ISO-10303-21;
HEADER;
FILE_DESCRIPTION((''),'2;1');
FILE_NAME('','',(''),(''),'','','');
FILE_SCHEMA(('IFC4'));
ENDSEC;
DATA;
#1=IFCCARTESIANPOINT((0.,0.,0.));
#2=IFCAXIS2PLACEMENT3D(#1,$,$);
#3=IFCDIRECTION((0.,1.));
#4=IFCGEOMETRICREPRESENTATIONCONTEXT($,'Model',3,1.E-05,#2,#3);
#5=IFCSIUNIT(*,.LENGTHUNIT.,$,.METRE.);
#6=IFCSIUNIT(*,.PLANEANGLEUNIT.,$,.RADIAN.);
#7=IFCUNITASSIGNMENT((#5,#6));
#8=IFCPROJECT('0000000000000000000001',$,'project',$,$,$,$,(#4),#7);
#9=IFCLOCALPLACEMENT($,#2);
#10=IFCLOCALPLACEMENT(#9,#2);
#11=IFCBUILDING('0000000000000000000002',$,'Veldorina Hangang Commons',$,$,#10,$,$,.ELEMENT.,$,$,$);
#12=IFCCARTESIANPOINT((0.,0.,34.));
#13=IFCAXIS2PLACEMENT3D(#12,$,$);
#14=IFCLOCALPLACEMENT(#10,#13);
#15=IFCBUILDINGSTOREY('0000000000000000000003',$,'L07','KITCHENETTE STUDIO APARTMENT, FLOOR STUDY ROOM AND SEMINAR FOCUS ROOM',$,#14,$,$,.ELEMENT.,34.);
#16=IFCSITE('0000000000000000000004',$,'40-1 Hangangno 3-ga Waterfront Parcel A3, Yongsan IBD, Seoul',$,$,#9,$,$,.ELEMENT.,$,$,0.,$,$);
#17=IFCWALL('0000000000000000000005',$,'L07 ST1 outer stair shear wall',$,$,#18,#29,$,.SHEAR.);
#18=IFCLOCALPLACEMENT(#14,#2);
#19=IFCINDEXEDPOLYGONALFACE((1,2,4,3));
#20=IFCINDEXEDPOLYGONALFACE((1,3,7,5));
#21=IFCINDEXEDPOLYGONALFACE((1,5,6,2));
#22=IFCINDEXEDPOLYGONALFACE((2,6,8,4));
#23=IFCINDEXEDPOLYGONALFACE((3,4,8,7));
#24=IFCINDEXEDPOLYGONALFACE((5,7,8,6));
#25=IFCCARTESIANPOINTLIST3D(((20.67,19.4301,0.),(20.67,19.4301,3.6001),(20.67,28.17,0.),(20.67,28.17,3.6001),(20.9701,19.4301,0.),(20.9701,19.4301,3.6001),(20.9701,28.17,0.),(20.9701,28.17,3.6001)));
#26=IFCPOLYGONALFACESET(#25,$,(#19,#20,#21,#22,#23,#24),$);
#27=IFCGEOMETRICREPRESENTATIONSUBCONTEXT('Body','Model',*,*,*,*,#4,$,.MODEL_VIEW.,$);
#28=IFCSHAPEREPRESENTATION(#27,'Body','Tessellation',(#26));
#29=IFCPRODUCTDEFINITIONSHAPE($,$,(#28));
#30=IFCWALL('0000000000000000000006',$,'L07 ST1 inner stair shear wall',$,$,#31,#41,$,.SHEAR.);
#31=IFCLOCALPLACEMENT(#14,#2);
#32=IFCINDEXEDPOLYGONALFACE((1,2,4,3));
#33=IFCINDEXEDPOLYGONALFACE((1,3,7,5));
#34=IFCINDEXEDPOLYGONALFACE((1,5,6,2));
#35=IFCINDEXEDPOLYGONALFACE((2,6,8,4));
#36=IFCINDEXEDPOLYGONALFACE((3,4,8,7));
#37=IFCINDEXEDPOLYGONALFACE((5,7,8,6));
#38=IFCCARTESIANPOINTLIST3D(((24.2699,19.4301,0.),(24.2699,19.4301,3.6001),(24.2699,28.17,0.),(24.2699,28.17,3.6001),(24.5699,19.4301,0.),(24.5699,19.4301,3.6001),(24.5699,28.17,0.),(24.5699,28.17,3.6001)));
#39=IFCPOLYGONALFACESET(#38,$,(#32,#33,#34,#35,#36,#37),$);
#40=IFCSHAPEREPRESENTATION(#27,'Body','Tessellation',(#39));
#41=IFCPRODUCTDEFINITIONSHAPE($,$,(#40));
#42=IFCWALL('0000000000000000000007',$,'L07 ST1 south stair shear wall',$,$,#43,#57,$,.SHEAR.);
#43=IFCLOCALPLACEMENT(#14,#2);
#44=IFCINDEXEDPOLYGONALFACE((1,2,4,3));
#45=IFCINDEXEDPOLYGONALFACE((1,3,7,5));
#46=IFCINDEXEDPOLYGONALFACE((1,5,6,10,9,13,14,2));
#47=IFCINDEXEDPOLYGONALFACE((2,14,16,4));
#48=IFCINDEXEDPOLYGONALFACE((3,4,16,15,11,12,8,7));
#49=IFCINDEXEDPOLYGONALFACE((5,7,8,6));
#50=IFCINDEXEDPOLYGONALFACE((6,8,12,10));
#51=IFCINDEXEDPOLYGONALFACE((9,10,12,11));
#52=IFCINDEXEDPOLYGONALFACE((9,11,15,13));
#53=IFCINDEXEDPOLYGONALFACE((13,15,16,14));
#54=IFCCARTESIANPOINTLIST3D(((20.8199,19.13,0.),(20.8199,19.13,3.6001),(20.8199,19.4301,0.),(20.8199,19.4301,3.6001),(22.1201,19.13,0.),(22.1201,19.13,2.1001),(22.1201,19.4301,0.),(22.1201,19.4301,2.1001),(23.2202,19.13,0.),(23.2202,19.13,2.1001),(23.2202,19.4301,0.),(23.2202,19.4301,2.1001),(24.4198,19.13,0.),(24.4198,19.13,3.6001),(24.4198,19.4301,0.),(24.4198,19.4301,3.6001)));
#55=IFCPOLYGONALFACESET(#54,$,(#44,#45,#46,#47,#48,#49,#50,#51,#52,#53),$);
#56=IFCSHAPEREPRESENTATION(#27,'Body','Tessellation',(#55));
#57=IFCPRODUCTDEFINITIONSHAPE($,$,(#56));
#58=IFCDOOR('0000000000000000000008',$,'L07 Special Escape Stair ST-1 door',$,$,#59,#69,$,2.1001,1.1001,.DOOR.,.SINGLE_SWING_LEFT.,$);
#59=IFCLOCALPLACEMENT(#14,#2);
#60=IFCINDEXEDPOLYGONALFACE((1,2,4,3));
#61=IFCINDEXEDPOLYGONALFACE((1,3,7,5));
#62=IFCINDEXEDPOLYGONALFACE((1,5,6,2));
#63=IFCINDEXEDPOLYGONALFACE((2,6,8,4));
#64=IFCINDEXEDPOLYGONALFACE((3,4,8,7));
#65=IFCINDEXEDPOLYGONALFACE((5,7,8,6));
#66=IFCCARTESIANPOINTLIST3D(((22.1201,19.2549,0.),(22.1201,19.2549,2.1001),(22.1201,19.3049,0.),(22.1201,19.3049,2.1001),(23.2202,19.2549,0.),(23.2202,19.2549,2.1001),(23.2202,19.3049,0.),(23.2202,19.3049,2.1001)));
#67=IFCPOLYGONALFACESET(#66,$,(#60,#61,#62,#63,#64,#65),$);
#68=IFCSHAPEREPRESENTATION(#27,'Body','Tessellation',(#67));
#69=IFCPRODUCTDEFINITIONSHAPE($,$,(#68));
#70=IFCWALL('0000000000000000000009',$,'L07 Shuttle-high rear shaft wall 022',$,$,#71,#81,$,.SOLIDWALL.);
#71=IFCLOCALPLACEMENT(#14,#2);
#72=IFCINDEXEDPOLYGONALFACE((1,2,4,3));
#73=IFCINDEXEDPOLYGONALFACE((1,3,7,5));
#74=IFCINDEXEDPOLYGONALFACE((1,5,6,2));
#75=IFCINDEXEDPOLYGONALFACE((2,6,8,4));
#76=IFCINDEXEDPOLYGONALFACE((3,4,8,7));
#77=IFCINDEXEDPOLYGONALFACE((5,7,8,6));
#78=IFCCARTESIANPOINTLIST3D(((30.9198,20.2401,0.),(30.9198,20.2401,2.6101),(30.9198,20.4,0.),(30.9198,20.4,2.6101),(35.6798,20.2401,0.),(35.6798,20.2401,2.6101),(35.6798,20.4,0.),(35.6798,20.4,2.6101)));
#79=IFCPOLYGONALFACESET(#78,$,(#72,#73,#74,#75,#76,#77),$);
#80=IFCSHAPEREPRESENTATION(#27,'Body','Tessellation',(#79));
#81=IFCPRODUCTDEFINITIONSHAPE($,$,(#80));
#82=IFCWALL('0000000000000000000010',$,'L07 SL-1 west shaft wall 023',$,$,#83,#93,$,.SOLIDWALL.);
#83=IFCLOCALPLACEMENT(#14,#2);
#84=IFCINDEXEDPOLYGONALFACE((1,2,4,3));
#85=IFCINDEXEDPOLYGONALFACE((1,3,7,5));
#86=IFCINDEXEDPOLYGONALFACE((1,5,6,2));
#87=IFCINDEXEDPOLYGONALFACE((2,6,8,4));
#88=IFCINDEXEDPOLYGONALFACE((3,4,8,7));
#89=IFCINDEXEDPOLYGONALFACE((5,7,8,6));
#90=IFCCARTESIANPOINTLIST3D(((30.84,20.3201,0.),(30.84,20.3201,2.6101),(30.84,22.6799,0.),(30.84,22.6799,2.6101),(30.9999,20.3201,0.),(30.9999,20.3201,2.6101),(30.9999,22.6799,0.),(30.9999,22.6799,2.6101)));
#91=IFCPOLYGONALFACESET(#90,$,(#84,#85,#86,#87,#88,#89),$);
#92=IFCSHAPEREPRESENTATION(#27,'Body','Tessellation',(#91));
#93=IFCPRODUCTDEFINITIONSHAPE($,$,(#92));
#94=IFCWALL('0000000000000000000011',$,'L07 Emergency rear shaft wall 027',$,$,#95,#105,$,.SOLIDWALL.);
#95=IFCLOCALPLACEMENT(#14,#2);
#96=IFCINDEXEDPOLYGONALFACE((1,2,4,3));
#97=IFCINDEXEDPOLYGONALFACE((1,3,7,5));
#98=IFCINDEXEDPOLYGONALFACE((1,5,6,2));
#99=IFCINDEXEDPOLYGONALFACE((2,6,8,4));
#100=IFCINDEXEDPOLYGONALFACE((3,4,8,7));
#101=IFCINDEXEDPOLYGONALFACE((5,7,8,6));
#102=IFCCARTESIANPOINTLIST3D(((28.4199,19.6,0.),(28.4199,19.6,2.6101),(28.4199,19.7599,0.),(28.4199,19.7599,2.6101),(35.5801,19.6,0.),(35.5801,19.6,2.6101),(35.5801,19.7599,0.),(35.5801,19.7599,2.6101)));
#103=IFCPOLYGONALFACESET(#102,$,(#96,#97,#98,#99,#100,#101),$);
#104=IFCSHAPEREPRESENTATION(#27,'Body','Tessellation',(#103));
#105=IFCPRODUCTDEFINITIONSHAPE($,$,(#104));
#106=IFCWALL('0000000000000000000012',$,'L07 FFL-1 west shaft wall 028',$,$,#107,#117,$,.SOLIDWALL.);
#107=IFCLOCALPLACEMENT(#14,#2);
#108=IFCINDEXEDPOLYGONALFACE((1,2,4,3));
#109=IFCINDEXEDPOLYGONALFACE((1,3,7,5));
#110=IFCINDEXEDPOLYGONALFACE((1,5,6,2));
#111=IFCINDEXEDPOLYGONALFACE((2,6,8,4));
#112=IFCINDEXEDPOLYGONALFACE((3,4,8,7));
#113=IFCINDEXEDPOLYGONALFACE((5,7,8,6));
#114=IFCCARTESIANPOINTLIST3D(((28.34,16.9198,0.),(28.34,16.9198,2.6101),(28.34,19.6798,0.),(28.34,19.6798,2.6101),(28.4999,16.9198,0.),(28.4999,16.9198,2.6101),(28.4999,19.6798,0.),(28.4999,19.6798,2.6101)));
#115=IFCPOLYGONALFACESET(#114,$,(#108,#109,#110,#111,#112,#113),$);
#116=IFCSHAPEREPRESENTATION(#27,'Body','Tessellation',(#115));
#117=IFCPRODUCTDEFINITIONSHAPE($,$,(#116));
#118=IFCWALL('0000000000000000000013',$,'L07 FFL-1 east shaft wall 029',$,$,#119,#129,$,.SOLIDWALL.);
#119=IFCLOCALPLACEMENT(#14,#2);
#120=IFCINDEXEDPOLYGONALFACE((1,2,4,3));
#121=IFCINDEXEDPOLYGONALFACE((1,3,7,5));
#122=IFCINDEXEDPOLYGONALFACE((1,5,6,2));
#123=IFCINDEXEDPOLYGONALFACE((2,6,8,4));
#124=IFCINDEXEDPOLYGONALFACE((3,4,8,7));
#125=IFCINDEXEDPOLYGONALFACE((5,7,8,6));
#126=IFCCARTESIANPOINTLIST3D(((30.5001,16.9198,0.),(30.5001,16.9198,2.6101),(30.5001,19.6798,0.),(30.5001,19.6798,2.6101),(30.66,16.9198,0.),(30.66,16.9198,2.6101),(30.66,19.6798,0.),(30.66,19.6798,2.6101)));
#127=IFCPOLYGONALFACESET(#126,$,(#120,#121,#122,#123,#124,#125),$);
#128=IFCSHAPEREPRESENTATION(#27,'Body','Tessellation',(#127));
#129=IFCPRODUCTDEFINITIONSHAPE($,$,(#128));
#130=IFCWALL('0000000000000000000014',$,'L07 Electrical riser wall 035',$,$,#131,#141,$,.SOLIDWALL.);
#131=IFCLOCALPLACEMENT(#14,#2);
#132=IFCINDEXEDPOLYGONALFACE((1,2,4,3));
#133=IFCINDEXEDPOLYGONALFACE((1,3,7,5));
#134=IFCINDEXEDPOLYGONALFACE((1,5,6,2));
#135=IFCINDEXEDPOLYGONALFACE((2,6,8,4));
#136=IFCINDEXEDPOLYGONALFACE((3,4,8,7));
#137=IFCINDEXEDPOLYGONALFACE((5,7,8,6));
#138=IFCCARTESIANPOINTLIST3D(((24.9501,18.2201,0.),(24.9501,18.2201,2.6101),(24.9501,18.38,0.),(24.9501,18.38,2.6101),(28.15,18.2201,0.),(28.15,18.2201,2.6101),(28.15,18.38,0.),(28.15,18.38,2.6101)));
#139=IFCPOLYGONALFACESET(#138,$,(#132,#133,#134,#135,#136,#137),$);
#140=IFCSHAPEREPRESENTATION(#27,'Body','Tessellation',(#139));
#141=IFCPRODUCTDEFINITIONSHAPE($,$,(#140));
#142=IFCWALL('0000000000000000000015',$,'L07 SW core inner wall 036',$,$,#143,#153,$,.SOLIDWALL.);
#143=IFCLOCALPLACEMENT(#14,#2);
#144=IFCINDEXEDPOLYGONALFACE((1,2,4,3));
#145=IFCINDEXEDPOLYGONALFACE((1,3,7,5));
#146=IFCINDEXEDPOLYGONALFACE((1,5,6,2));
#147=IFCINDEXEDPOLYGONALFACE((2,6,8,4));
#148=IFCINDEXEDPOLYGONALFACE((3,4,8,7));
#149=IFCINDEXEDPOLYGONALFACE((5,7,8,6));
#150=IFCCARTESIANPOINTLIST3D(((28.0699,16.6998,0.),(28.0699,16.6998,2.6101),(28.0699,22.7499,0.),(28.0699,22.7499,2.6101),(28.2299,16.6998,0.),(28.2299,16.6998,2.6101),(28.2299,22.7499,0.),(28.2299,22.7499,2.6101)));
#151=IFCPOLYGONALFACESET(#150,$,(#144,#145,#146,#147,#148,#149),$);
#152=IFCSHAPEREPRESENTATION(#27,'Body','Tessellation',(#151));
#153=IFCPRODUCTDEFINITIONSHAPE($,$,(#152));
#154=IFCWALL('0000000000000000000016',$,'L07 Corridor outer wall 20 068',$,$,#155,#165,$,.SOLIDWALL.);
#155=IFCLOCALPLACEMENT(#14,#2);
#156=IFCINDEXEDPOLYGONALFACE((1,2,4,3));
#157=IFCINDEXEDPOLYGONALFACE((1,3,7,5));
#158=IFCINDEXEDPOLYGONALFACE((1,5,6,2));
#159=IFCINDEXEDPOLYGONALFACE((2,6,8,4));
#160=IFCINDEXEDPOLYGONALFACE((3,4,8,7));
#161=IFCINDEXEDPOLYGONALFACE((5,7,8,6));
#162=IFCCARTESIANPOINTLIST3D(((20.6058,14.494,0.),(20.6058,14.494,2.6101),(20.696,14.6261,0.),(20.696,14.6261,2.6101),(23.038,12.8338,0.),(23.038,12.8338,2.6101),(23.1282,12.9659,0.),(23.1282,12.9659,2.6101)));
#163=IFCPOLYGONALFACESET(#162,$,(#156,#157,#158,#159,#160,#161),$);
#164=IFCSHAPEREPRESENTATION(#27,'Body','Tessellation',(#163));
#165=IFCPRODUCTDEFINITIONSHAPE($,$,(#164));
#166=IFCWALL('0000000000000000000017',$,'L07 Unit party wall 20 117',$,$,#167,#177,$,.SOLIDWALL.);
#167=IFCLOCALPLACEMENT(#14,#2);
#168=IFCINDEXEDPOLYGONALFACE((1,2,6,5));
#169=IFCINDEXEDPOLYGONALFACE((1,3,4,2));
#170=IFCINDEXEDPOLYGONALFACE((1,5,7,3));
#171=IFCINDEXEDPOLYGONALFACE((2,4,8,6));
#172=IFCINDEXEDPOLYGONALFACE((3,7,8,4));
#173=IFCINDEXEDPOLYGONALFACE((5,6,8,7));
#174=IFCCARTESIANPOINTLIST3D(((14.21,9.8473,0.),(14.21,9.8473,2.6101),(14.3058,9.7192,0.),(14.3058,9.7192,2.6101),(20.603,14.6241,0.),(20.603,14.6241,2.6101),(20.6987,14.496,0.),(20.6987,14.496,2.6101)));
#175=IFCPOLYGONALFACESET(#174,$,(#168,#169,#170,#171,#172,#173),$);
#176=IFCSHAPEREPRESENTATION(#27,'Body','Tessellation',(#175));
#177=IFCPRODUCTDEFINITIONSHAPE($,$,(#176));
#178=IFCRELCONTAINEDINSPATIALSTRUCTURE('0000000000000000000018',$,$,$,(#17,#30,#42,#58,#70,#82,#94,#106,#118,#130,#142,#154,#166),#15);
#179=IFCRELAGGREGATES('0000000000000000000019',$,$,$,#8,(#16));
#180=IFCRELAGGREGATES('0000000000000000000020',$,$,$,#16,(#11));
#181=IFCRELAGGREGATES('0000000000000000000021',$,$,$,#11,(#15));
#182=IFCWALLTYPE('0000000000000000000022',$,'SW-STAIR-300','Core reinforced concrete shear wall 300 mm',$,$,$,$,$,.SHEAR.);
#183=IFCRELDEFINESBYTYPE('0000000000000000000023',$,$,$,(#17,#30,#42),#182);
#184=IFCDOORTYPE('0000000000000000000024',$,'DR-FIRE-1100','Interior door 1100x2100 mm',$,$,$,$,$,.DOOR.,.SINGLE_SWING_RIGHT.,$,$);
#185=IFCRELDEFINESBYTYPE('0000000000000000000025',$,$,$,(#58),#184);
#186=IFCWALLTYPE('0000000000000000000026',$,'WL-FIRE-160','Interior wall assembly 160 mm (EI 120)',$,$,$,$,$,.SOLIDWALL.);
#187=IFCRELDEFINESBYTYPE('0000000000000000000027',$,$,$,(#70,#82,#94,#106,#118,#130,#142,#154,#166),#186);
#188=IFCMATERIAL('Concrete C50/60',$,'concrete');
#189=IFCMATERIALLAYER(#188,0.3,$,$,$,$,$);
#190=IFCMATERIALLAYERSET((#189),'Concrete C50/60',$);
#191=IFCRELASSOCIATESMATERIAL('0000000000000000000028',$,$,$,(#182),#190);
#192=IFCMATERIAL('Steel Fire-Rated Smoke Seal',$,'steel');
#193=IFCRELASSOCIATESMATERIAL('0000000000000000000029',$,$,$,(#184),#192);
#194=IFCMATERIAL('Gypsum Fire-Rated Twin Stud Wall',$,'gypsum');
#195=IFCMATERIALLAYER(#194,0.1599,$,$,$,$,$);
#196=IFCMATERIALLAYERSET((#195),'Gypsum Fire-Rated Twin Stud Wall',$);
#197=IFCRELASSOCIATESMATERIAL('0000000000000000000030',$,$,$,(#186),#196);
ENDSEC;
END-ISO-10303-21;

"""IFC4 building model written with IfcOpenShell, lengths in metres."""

from ifc_helpers import new_model, si_unit, direction, frame, frame_2d, origin, place, context, subcontext, project, spatial, rectangle, extrude, material, layer, layer_set, type_object, element, fill, save


model = new_model("IFC4")

# Units and contexts
model_context = context("Model", 3, precision=1e-05, world=origin(), true_north=direction((0.0, 1.0)))
body_context = subcontext(model_context, "Body", "Model", "MODEL_VIEW")
ifc_project = project(units=[si_unit("LENGTHUNIT", "METRE"), si_unit("PLANEANGLEUNIT", "RADIAN")], contexts=[model_context])

# Site, building, storey
site_placement = place(None, origin())
site = spatial("IfcSite", under=ifc_project, at=site_placement, Name="40-1 Hangangno 3-ga Waterfront Parcel A3, Yongsan IBD, Seoul", CompositionType="ELEMENT", RefElevation=0.0)
building_placement = place(site_placement, origin())
building = spatial("IfcBuilding", under=site, at=building_placement, Name="Veldorina Hangang Commons", CompositionType="ELEMENT")
storey_placement = place(building_placement, frame((0.0, 0.0, 34.0)))
storey = spatial("IfcBuildingStorey", under=building, at=storey_placement, Name="L07", Description="KITCHENETTE STUDIO APARTMENT, FLOOR STUDY ROOM AND SEMINAR FOCUS ROOM", CompositionType="ELEMENT", Elevation=34.0)

# Walls
ifc_material_1 = material(Name="Concrete C50/60", Category="concrete")
ifc_layer_1 = layer(ifc_material_1, 0.3)
ifc_layer_set_1 = layer_set([ifc_layer_1], Name="Concrete C50/60")
wall_type_1 = type_object("IfcWallType", Name="SW-STAIR-300", Description="Core reinforced concrete shear wall 300 mm", PredefinedType="SHEAR", material=ifc_layer_set_1)
for number, where, z_axis, x_axis, name in (
    (1, (20.8201, 19.4299, 0.0), (0.0, 0.0, 1.0), (0.0, 1.0, 0.0), "L07 ST1 outer stair shear wall"),
    (2, (24.4199, 19.4299, 0.0), (0.0, 0.0, 1.0), (0.0, 1.0, 0.0), "L07 ST1 inner stair shear wall"),
):
    element("IfcWall", number, at=place(storey_placement, frame(where, z_axis=z_axis, x_axis=x_axis)), inside=storey, type_object=wall_type_1, Name=name, PredefinedType="SHEAR", context=body_context, shape_type="SweptSolid", body=[
        extrude(rectangle(XDim=8.74, YDim=0.3, at=frame_2d((4.3701, 0.0))), origin(), (0.0, 0.0, 1.0), 3.6001),
    ])

# Wall, opening, door
wall_1_placement = place(storey_placement, frame((20.8201, 19.28, 0.0), z_axis=(0.0, 0.0, 1.0), x_axis=(1.0, 0.0, 0.0)))
wall_1 = element("IfcWall", 3, at=wall_1_placement, inside=storey, type_object=wall_type_1, Name="L07 ST1 south stair shear wall", PredefinedType="SHEAR", context=body_context, shape_type="SweptSolid", body=[
    extrude(rectangle(XDim=3.5999, YDim=0.3, at=frame_2d((1.7998, 0.0))), origin(), (0.0, 0.0, 1.0), 3.6001),
])
opening_1_placement = place(wall_1_placement, frame((1.3, 0.0, 0.0)))
opening_1 = element("IfcOpeningElement", 4, at=opening_1_placement, cuts=wall_1, PredefinedType="OPENING", context=body_context, shape_type="SweptSolid", body=[
    extrude(rectangle(XDim=1.1001, YDim=2.1001, at=frame_2d((0.55, 1.05))), frame((0.0, 0.1602, 0.0), z_axis=(0.0, -1.0, 0.0), x_axis=(1.0, 0.0, 0.0)), (0.0, 0.0, 1.0), 0.3201),
])
ifc_material_2 = material(Name="Steel Fire-Rated Smoke Seal", Category="steel")
door_type_1 = type_object("IfcDoorType", Name="DR-FIRE-1100", Description="Interior door 1100x2100 mm", OperationType="SINGLE_SWING_RIGHT", PredefinedType="DOOR", material=ifc_material_2)
door_1_placement = place(opening_1_placement, origin())
door_1 = element("IfcDoor", 5, at=door_1_placement, inside=storey, type_object=door_type_1, Name="L07 Special Escape Stair ST-1 door", OperationType="SINGLE_SWING_LEFT", OverallHeight=2.1001, OverallWidth=1.1001, PredefinedType="DOOR", context=body_context, shape_type="SweptSolid", body=[
    extrude(rectangle(XDim=1.1001, YDim=2.1001, at=frame_2d((0.55, 1.05))), frame((0.0, 0.0249, 0.0), z_axis=(0.0, -1.0, 0.0), x_axis=(1.0, 0.0, 0.0)), (0.0, 0.0, 1.0), 0.05),
])
fill(opening_1, door_1)

# Walls
ifc_material_3 = material(Name="Gypsum Fire-Rated Twin Stud Wall", Category="gypsum")
ifc_layer_2 = layer(ifc_material_3, 0.1599)
ifc_layer_set_2 = layer_set([ifc_layer_2], Name="Gypsum Fire-Rated Twin Stud Wall")
wall_type_2 = type_object("IfcWallType", Name="WL-FIRE-160", Description="Interior wall assembly 160 mm (EI 120)", PredefinedType="SOLIDWALL", material=ifc_layer_set_2)
wall_2_placement = place(storey_placement, frame((30.9199, 20.3201, 0.0), z_axis=(0.0, 0.0, 1.0), x_axis=(1.0, 0.0, 0.0)))
element("IfcWall", 6, at=wall_2_placement, inside=storey, type_object=wall_type_2, Name="L07 Shuttle-high rear shaft wall 022", PredefinedType="SOLIDWALL", context=body_context, shape_type="SweptSolid", body=[
    extrude(rectangle(XDim=4.76, YDim=0.1599, at=frame_2d((2.3799, 0.0))), origin(), (0.0, 0.0, 1.0), 2.6101),
])
wall_3_placement = place(storey_placement, frame((30.9199, 20.3201, 0.0), z_axis=(0.0, 0.0, 1.0), x_axis=(0.0, 1.0, 0.0)))
element("IfcWall", 7, at=wall_3_placement, inside=storey, type_object=wall_type_2, Name="L07 SL-1 west shaft wall 023", PredefinedType="SOLIDWALL", context=body_context, shape_type="SweptSolid", body=[
    extrude(rectangle(XDim=2.3599, YDim=0.1599, at=frame_2d((1.1799, 0.0))), origin(), (0.0, 0.0, 1.0), 2.6101),
])

# Walls
wall_4_placement = place(storey_placement, frame((28.4199, 19.6799, 0.0), z_axis=(0.0, 0.0, 1.0), x_axis=(1.0, 0.0, 0.0)))
element("IfcWall", 8, at=wall_4_placement, inside=storey, type_object=wall_type_2, Name="L07 Emergency rear shaft wall 027", PredefinedType="SOLIDWALL", context=body_context, shape_type="SweptSolid", body=[
    extrude(rectangle(XDim=7.1602, YDim=0.1599, at=frame_2d((3.5801, 0.0))), origin(), (0.0, 0.0, 1.0), 2.6101),
])
for number, where, z_axis, x_axis, name in (
    (9, (28.4199, 16.9199, 0.0), (0.0, 0.0, 1.0), (0.0, 1.0, 0.0), "L07 FFL-1 west shaft wall 028"),
    (10, (30.5801, 16.9199, 0.0), (0.0, 0.0, 1.0), (0.0, 1.0, 0.0), "L07 FFL-1 east shaft wall 029"),
):
    element("IfcWall", number, at=place(storey_placement, frame(where, z_axis=z_axis, x_axis=x_axis)), inside=storey, type_object=wall_type_2, Name=name, PredefinedType="SOLIDWALL", context=body_context, shape_type="SweptSolid", body=[
        extrude(rectangle(XDim=2.76, YDim=0.1599, at=frame_2d((1.3799, 0.0))), origin(), (0.0, 0.0, 1.0), 2.6101),
    ])
wall_5_placement = place(storey_placement, frame((24.95, 18.3, 0.0), z_axis=(0.0, 0.0, 1.0), x_axis=(1.0, 0.0, 0.0)))
element("IfcWall", 11, at=wall_5_placement, inside=storey, type_object=wall_type_2, Name="L07 Electrical riser wall 035", PredefinedType="SOLIDWALL", context=body_context, shape_type="SweptSolid", body=[
    extrude(rectangle(XDim=3.2, YDim=0.1599, at=frame_2d((1.6001, 0.0))), origin(), (0.0, 0.0, 1.0), 2.6101),
])
wall_6_placement = place(storey_placement, frame((28.1499, 16.7, 0.0), z_axis=(0.0, 0.0, 1.0), x_axis=(0.0, 1.0, 0.0)))
element("IfcWall", 12, at=wall_6_placement, inside=storey, type_object=wall_type_2, Name="L07 SW core inner wall 036", PredefinedType="SOLIDWALL", context=body_context, shape_type="SweptSolid", body=[
    extrude(rectangle(XDim=6.05, YDim=0.1599, at=frame_2d((3.0249, 0.0))), origin(), (0.0, 0.0, 1.0), 2.6101),
])
wall_7_placement = place(storey_placement, frame((20.6509, 14.5601, 0.0), z_axis=(0.0, 0.0, 1.0), x_axis=(0.825929, -0.563774, 0.0)))
element("IfcWall", 13, at=wall_7_placement, inside=storey, type_object=wall_type_2, Name="L07 Corridor outer wall 20 068", PredefinedType="SOLIDWALL", context=body_context, shape_type="SweptSolid", body=[
    extrude(rectangle(XDim=2.9448, YDim=0.1599, at=frame_2d((1.4724, 0.0))), origin(), (0.0, 0.0, 1.0), 2.6101),
])
wall_8_placement = place(storey_placement, frame((20.6509, 14.5601, 0.0), z_axis=(0.0, 0.0, 1.0), x_axis=(-0.801078, -0.59856, 0.0)))
element("IfcWall", 14, at=wall_8_placement, inside=storey, type_object=wall_type_2, Name="L07 Unit party wall 20 117", PredefinedType="SOLIDWALL", context=body_context, shape_type="SweptSolid", body=[
    extrude(rectangle(XDim=7.9805, YDim=0.1599, at=frame_2d((3.9902, 0.0))), origin(), (0.0, 0.0, 1.0), 2.6101),
])

save(model, "model.ifc")
